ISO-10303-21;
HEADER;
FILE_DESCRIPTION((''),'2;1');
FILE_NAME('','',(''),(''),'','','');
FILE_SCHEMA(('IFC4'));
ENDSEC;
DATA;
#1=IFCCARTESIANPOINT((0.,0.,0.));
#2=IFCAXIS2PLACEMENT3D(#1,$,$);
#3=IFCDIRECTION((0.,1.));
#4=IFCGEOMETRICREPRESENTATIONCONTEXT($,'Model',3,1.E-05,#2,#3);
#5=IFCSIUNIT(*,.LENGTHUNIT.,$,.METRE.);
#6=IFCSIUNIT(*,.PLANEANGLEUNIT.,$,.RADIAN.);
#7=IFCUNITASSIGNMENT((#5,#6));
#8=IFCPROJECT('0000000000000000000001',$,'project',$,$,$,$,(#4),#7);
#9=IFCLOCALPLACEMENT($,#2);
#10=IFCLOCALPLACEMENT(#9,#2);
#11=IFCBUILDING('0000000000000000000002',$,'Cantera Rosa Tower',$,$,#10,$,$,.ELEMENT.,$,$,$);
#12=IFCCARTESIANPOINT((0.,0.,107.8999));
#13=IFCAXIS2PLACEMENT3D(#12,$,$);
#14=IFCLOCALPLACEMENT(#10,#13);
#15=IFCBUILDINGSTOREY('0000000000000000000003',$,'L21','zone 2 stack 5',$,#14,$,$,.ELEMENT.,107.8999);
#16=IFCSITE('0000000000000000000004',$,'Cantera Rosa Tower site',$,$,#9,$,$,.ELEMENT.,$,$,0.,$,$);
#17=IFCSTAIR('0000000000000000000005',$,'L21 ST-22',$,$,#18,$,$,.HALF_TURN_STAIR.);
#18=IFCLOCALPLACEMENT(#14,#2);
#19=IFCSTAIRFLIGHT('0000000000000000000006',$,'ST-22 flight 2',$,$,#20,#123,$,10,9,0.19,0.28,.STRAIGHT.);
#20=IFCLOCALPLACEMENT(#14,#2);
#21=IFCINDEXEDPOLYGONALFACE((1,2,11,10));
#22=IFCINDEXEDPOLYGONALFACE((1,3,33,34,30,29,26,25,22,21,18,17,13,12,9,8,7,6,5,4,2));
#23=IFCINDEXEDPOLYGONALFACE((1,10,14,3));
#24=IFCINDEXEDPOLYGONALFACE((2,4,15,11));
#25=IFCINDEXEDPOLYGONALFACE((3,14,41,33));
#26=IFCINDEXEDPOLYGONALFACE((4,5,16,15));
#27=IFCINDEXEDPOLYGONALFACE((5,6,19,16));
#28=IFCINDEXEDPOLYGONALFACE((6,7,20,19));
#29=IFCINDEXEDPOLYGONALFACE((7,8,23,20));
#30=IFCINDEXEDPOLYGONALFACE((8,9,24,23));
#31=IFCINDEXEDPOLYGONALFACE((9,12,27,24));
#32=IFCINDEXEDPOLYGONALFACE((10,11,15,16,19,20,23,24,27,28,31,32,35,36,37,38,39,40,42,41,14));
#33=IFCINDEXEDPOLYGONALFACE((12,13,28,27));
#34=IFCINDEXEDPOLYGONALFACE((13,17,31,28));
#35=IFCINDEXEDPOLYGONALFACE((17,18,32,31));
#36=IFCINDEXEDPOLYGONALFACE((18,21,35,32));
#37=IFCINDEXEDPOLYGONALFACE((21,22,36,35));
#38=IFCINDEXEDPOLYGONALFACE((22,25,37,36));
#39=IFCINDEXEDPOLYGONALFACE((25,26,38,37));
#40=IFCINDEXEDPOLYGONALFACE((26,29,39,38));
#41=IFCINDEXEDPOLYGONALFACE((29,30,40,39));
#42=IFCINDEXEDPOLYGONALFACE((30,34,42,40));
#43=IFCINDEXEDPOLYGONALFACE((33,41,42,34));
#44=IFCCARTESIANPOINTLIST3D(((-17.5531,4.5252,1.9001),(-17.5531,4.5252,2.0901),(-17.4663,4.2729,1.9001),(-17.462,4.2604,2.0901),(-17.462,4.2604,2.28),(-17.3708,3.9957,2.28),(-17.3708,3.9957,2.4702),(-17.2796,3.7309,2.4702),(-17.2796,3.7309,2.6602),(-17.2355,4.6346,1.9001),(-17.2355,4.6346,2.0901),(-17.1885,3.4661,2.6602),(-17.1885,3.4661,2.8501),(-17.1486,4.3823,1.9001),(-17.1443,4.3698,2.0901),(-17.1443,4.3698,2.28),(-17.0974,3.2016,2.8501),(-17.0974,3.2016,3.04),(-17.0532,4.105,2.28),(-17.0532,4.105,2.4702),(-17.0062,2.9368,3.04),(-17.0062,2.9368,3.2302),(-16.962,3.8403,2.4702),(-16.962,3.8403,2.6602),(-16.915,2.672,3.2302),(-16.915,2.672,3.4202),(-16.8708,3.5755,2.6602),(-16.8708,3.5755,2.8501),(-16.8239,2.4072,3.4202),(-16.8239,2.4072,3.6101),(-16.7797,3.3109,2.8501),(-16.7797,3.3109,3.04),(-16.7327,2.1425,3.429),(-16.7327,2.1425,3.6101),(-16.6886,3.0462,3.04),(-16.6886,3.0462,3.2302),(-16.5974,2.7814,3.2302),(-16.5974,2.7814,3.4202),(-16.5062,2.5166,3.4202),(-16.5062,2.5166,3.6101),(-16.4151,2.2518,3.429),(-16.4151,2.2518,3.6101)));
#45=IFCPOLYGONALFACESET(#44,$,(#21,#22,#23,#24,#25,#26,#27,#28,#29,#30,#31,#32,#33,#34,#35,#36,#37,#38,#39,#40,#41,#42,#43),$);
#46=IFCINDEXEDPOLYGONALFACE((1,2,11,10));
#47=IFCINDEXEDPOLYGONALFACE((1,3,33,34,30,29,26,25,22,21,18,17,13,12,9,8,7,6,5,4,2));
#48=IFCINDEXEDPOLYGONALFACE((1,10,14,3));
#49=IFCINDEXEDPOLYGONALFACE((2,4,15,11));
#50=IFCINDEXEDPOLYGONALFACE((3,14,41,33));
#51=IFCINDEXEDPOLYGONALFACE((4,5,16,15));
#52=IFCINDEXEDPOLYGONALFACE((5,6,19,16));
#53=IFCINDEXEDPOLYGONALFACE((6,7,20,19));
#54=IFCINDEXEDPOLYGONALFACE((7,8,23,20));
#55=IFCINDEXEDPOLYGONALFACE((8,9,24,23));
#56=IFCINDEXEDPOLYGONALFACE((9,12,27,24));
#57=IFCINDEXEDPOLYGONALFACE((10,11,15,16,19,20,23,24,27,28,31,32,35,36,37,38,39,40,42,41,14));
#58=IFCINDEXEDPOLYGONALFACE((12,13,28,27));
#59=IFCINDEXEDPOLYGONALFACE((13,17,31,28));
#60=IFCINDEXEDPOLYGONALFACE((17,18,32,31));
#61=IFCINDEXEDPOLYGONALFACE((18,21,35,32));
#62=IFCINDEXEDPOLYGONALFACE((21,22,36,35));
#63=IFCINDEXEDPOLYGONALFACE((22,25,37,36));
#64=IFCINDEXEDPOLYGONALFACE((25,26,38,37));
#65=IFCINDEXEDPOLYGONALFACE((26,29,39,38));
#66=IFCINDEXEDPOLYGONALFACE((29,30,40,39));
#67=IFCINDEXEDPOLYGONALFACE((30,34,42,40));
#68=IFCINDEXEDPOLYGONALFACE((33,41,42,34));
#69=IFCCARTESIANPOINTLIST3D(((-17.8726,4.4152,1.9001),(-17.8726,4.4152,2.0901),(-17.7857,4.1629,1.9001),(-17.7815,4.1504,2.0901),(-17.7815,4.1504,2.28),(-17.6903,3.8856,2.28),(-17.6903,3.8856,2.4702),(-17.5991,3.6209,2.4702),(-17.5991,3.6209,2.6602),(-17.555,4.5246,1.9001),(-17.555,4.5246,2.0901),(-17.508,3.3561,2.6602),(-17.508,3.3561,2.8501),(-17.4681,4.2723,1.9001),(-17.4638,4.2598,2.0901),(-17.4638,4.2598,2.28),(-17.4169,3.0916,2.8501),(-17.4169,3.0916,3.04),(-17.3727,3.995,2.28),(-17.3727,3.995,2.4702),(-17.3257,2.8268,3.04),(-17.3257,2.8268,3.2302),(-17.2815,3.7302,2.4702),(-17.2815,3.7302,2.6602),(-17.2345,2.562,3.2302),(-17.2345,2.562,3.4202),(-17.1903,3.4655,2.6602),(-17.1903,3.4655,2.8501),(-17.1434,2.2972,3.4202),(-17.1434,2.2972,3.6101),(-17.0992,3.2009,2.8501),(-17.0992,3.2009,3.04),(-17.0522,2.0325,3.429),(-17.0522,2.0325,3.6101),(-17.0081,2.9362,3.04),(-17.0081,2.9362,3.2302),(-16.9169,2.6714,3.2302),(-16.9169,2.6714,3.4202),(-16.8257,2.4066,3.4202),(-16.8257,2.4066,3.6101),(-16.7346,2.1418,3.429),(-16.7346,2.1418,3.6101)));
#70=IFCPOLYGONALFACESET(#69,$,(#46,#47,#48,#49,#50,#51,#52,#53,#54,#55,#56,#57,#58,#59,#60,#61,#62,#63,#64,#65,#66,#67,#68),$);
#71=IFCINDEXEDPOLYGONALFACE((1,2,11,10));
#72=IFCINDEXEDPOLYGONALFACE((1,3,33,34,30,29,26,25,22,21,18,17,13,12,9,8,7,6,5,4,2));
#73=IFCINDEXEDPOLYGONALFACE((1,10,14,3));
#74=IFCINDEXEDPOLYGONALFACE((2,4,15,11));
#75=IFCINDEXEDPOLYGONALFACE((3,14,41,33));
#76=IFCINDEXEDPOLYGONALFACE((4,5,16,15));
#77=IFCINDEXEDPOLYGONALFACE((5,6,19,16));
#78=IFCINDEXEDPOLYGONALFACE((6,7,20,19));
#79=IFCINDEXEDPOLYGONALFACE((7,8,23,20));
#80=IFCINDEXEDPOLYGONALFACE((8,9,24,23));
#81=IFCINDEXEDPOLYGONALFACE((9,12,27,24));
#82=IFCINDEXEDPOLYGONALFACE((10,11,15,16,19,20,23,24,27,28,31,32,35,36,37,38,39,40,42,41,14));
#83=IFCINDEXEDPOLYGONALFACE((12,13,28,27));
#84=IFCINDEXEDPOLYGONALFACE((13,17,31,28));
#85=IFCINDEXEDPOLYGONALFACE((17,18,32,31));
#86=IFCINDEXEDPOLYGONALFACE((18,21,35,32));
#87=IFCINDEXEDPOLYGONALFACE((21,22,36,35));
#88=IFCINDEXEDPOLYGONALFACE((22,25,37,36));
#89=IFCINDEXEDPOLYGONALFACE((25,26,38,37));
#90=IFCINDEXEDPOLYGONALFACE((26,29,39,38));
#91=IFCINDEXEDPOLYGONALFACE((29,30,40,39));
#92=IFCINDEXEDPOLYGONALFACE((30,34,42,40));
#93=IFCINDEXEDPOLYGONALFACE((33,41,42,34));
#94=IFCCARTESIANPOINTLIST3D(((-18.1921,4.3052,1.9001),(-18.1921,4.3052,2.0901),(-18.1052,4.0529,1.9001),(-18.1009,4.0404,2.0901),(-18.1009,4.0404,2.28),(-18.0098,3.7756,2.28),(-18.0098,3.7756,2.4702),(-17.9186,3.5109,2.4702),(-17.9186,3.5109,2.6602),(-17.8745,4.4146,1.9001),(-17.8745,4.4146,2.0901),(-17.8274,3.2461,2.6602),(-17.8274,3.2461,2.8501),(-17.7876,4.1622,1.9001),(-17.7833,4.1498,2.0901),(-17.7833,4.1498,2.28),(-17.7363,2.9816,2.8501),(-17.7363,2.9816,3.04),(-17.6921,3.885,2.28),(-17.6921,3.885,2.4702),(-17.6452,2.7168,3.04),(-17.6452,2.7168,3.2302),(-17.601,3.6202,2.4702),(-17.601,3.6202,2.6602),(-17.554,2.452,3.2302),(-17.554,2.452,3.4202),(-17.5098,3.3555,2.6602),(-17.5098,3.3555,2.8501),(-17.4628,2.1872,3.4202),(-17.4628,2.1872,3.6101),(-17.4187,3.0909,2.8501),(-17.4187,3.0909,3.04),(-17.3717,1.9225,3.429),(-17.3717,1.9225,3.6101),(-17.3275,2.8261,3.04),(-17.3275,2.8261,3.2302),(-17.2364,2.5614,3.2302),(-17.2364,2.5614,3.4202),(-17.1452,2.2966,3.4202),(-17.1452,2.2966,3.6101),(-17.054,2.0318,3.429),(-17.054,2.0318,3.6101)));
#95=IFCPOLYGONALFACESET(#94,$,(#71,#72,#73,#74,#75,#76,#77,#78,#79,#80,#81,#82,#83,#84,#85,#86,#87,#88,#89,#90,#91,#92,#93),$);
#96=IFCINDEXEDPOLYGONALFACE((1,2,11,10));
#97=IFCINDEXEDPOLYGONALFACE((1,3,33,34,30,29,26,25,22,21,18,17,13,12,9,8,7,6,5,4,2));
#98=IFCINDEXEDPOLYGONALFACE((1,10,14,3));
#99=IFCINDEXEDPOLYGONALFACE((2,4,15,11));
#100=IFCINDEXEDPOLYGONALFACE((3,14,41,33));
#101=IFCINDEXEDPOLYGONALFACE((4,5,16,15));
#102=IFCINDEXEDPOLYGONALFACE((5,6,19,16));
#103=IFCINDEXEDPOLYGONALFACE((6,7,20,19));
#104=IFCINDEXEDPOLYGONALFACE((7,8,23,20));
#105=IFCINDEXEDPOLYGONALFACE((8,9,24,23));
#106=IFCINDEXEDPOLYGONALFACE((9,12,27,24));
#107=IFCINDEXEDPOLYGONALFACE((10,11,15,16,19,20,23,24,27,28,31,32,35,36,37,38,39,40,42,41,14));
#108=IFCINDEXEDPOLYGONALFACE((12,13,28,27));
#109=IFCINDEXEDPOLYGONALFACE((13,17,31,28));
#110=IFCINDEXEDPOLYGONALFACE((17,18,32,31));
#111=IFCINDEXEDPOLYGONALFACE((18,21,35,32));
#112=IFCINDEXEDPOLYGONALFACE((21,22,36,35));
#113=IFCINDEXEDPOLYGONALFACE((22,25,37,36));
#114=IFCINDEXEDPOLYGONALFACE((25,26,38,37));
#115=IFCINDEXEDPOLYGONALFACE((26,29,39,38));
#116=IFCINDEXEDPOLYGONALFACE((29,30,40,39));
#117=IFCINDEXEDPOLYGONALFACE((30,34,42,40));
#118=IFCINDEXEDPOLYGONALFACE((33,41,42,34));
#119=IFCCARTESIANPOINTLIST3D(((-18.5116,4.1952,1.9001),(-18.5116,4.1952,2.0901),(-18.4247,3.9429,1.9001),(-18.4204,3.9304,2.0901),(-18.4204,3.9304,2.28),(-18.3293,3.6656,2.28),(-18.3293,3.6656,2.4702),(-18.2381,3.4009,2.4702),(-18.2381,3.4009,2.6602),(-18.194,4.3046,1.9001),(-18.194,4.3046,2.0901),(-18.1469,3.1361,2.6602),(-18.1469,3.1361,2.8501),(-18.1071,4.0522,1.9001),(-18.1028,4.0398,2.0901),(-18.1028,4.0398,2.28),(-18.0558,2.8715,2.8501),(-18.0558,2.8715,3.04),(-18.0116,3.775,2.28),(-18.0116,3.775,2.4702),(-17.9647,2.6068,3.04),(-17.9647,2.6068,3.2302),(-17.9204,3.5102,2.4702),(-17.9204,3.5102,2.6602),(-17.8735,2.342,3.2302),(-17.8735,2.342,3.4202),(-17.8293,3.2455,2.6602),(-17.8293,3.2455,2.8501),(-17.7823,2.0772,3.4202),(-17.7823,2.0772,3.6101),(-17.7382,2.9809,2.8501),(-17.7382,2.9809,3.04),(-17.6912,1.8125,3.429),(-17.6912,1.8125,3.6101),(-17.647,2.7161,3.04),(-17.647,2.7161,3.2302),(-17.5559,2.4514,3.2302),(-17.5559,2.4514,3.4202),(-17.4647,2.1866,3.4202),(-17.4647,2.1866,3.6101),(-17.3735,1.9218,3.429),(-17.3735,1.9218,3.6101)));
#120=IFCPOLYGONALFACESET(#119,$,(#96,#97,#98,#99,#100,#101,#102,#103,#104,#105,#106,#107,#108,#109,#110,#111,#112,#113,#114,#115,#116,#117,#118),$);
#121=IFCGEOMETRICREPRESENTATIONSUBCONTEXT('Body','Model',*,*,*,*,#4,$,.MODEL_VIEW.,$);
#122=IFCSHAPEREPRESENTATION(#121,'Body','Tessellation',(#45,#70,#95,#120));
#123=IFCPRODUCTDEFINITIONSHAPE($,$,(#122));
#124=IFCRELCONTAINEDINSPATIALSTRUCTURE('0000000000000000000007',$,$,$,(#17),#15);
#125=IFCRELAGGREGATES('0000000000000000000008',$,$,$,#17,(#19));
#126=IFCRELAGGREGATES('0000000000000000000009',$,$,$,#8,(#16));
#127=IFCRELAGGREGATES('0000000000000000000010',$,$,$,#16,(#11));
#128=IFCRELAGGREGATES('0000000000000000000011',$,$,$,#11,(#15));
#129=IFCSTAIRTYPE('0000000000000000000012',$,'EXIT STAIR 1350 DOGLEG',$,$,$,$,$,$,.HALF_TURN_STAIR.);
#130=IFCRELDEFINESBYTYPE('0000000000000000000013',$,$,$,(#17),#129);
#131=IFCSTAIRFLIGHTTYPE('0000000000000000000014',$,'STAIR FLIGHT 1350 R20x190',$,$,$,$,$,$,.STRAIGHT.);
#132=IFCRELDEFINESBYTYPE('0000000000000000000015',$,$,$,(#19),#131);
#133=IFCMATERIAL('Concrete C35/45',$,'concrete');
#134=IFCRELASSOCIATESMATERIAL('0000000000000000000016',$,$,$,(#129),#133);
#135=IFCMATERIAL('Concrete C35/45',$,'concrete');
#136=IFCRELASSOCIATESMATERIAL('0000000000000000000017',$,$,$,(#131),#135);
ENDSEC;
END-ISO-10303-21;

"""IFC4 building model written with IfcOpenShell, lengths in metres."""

from ifc_helpers import new_model, si_unit, direction, frame, origin, place, context, subcontext, project, spatial, polyline, outline, extrude, material, type_object, element, aggregate, save


model = new_model("IFC4")

# Units and contexts
model_context = context("Model", 3, precision=1e-05, world=origin(), true_north=direction((0.0, 1.0)))
body_context = subcontext(model_context, "Body", "Model", "MODEL_VIEW")
ifc_project = project(units=[si_unit("LENGTHUNIT", "METRE"), si_unit("PLANEANGLEUNIT", "RADIAN")], contexts=[model_context])

# Site, building, storey
site_placement = place(None, origin())
site = spatial("IfcSite", under=ifc_project, at=site_placement, Name="Cantera Rosa Tower site", CompositionType="ELEMENT", RefElevation=0.0)
building_placement = place(site_placement, origin())
building = spatial("IfcBuilding", under=site, at=building_placement, Name="Cantera Rosa Tower", CompositionType="ELEMENT")
storey_placement = place(building_placement, frame((0.0, 0.0, 107.8999)))
storey = spatial("IfcBuildingStorey", under=building, at=storey_placement, Name="L21", Description="zone 2 stack 5", CompositionType="ELEMENT", Elevation=107.8999)

# Stair, stair flight
ifc_material_1 = material(Name="Concrete C35/45", Category="concrete")
stair_type = type_object("IfcStairType", Name="EXIT STAIR 1350 DOGLEG", PredefinedType="HALF_TURN_STAIR", material=ifc_material_1)
stair_placement = place(storey_placement, origin())
stair = element("IfcStair", 1, at=stair_placement, inside=storey, type_object=stair_type, Name="L21 ST-22", PredefinedType="HALF_TURN_STAIR")
ifc_material_2 = material(Name="Concrete C35/45", Category="concrete")
stair_flight_type = type_object("IfcStairFlightType", Name="STAIR FLIGHT 1350 R20x190", PredefinedType="STRAIGHT", material=ifc_material_2)
stair_flight_1_placement = place(storey_placement, frame((-17.8738, 4.4148, 1.9001), z_axis=(0.0, 0.0, 1.0), x_axis=(0.325568, -0.945519, 0.0)))
stair_flight_1 = element("IfcStairFlight", 2, at=stair_flight_1_placement, type_object=stair_flight_type, Name="ST-22 flight 2", NumberOfRisers=10, NumberOfTreads=9, PredefinedType="STRAIGHT", RiserHeight=0.19, TreadLength=0.28, context=body_context, shape_type="SweptSolid", body=[
    extrude(outline(polyline([(0.0, 0.0), (0.0, 0.1899), (0.28, 0.1899), (0.28, 0.3799), (0.5601, 0.3799), (0.5601, 0.5701), (0.8401, 0.5701), (0.8401, 0.76), (1.1201, 0.76), (1.1201, 0.95), (1.3999, 0.95), (1.3999, 1.1399), (1.6799, 1.1399), (1.6799, 1.3301), (1.96, 1.3301), (1.96, 1.52), (2.24, 1.52), (2.24, 1.71), (2.52, 1.71), (2.52, 1.8999), (2.52, 1.5288), (0.2668, 0.0), (0.0, 0.0)])), frame((0.0, 0.675, 0.0), z_axis=(0.0, -1.0, 0.0), x_axis=(1.0, 0.0, 0.0)), (0.0, 0.0, 1.0), 0.3359),
    extrude(outline(polyline([(0.0, 0.0), (0.0, 0.1899), (0.28, 0.1899), (0.28, 0.3799), (0.5601, 0.3799), (0.5601, 0.5701), (0.8401, 0.5701), (0.8401, 0.76), (1.1201, 0.76), (1.1201, 0.95), (1.3999, 0.95), (1.3999, 1.1399), (1.6799, 1.1399), (1.6799, 1.3301), (1.96, 1.3301), (1.96, 1.52), (2.24, 1.52), (2.24, 1.71), (2.52, 1.71), (2.52, 1.8999), (2.52, 1.5288), (0.2668, 0.0), (0.0, 0.0)])), frame((0.0, 0.3372, 0.0), z_axis=(0.0, -1.0, 0.0), x_axis=(1.0, 0.0, 0.0)), (0.0, 0.0, 1.0), 0.3359),
    extrude(outline(polyline([(0.0, 0.0), (0.0, 0.1899), (0.28, 0.1899), (0.28, 0.3799), (0.5601, 0.3799), (0.5601, 0.5701), (0.8401, 0.5701), (0.8401, 0.76), (1.1201, 0.76), (1.1201, 0.95), (1.3999, 0.95), (1.3999, 1.1399), (1.6799, 1.1399), (1.6799, 1.3301), (1.96, 1.3301), (1.96, 1.52), (2.24, 1.52), (2.24, 1.71), (2.52, 1.71), (2.52, 1.8999), (2.52, 1.5288), (0.2668, 0.0), (0.0, 0.0)])), frame((0.0, -0.0007, 0.0), z_axis=(0.0, -1.0, 0.0), x_axis=(1.0, 0.0, 0.0)), (0.0, 0.0, 1.0), 0.3359),
    extrude(outline(polyline([(0.0, 0.0), (0.0, 0.1899), (0.28, 0.1899), (0.28, 0.3799), (0.5601, 0.3799), (0.5601, 0.5701), (0.8401, 0.5701), (0.8401, 0.76), (1.1201, 0.76), (1.1201, 0.95), (1.3999, 0.95), (1.3999, 1.1399), (1.6799, 1.1399), (1.6799, 1.3301), (1.96, 1.3301), (1.96, 1.52), (2.24, 1.52), (2.24, 1.71), (2.52, 1.71), (2.52, 1.8999), (2.52, 1.5288), (0.2668, 0.0), (0.0, 0.0)])), frame((0.0, -0.3386, 0.0), z_axis=(0.0, -1.0, 0.0), x_axis=(1.0, 0.0, 0.0)), (0.0, 0.0, 1.0), 0.3359),
])
aggregate(stair, [stair_flight_1])

save(model, "model.ifc")
